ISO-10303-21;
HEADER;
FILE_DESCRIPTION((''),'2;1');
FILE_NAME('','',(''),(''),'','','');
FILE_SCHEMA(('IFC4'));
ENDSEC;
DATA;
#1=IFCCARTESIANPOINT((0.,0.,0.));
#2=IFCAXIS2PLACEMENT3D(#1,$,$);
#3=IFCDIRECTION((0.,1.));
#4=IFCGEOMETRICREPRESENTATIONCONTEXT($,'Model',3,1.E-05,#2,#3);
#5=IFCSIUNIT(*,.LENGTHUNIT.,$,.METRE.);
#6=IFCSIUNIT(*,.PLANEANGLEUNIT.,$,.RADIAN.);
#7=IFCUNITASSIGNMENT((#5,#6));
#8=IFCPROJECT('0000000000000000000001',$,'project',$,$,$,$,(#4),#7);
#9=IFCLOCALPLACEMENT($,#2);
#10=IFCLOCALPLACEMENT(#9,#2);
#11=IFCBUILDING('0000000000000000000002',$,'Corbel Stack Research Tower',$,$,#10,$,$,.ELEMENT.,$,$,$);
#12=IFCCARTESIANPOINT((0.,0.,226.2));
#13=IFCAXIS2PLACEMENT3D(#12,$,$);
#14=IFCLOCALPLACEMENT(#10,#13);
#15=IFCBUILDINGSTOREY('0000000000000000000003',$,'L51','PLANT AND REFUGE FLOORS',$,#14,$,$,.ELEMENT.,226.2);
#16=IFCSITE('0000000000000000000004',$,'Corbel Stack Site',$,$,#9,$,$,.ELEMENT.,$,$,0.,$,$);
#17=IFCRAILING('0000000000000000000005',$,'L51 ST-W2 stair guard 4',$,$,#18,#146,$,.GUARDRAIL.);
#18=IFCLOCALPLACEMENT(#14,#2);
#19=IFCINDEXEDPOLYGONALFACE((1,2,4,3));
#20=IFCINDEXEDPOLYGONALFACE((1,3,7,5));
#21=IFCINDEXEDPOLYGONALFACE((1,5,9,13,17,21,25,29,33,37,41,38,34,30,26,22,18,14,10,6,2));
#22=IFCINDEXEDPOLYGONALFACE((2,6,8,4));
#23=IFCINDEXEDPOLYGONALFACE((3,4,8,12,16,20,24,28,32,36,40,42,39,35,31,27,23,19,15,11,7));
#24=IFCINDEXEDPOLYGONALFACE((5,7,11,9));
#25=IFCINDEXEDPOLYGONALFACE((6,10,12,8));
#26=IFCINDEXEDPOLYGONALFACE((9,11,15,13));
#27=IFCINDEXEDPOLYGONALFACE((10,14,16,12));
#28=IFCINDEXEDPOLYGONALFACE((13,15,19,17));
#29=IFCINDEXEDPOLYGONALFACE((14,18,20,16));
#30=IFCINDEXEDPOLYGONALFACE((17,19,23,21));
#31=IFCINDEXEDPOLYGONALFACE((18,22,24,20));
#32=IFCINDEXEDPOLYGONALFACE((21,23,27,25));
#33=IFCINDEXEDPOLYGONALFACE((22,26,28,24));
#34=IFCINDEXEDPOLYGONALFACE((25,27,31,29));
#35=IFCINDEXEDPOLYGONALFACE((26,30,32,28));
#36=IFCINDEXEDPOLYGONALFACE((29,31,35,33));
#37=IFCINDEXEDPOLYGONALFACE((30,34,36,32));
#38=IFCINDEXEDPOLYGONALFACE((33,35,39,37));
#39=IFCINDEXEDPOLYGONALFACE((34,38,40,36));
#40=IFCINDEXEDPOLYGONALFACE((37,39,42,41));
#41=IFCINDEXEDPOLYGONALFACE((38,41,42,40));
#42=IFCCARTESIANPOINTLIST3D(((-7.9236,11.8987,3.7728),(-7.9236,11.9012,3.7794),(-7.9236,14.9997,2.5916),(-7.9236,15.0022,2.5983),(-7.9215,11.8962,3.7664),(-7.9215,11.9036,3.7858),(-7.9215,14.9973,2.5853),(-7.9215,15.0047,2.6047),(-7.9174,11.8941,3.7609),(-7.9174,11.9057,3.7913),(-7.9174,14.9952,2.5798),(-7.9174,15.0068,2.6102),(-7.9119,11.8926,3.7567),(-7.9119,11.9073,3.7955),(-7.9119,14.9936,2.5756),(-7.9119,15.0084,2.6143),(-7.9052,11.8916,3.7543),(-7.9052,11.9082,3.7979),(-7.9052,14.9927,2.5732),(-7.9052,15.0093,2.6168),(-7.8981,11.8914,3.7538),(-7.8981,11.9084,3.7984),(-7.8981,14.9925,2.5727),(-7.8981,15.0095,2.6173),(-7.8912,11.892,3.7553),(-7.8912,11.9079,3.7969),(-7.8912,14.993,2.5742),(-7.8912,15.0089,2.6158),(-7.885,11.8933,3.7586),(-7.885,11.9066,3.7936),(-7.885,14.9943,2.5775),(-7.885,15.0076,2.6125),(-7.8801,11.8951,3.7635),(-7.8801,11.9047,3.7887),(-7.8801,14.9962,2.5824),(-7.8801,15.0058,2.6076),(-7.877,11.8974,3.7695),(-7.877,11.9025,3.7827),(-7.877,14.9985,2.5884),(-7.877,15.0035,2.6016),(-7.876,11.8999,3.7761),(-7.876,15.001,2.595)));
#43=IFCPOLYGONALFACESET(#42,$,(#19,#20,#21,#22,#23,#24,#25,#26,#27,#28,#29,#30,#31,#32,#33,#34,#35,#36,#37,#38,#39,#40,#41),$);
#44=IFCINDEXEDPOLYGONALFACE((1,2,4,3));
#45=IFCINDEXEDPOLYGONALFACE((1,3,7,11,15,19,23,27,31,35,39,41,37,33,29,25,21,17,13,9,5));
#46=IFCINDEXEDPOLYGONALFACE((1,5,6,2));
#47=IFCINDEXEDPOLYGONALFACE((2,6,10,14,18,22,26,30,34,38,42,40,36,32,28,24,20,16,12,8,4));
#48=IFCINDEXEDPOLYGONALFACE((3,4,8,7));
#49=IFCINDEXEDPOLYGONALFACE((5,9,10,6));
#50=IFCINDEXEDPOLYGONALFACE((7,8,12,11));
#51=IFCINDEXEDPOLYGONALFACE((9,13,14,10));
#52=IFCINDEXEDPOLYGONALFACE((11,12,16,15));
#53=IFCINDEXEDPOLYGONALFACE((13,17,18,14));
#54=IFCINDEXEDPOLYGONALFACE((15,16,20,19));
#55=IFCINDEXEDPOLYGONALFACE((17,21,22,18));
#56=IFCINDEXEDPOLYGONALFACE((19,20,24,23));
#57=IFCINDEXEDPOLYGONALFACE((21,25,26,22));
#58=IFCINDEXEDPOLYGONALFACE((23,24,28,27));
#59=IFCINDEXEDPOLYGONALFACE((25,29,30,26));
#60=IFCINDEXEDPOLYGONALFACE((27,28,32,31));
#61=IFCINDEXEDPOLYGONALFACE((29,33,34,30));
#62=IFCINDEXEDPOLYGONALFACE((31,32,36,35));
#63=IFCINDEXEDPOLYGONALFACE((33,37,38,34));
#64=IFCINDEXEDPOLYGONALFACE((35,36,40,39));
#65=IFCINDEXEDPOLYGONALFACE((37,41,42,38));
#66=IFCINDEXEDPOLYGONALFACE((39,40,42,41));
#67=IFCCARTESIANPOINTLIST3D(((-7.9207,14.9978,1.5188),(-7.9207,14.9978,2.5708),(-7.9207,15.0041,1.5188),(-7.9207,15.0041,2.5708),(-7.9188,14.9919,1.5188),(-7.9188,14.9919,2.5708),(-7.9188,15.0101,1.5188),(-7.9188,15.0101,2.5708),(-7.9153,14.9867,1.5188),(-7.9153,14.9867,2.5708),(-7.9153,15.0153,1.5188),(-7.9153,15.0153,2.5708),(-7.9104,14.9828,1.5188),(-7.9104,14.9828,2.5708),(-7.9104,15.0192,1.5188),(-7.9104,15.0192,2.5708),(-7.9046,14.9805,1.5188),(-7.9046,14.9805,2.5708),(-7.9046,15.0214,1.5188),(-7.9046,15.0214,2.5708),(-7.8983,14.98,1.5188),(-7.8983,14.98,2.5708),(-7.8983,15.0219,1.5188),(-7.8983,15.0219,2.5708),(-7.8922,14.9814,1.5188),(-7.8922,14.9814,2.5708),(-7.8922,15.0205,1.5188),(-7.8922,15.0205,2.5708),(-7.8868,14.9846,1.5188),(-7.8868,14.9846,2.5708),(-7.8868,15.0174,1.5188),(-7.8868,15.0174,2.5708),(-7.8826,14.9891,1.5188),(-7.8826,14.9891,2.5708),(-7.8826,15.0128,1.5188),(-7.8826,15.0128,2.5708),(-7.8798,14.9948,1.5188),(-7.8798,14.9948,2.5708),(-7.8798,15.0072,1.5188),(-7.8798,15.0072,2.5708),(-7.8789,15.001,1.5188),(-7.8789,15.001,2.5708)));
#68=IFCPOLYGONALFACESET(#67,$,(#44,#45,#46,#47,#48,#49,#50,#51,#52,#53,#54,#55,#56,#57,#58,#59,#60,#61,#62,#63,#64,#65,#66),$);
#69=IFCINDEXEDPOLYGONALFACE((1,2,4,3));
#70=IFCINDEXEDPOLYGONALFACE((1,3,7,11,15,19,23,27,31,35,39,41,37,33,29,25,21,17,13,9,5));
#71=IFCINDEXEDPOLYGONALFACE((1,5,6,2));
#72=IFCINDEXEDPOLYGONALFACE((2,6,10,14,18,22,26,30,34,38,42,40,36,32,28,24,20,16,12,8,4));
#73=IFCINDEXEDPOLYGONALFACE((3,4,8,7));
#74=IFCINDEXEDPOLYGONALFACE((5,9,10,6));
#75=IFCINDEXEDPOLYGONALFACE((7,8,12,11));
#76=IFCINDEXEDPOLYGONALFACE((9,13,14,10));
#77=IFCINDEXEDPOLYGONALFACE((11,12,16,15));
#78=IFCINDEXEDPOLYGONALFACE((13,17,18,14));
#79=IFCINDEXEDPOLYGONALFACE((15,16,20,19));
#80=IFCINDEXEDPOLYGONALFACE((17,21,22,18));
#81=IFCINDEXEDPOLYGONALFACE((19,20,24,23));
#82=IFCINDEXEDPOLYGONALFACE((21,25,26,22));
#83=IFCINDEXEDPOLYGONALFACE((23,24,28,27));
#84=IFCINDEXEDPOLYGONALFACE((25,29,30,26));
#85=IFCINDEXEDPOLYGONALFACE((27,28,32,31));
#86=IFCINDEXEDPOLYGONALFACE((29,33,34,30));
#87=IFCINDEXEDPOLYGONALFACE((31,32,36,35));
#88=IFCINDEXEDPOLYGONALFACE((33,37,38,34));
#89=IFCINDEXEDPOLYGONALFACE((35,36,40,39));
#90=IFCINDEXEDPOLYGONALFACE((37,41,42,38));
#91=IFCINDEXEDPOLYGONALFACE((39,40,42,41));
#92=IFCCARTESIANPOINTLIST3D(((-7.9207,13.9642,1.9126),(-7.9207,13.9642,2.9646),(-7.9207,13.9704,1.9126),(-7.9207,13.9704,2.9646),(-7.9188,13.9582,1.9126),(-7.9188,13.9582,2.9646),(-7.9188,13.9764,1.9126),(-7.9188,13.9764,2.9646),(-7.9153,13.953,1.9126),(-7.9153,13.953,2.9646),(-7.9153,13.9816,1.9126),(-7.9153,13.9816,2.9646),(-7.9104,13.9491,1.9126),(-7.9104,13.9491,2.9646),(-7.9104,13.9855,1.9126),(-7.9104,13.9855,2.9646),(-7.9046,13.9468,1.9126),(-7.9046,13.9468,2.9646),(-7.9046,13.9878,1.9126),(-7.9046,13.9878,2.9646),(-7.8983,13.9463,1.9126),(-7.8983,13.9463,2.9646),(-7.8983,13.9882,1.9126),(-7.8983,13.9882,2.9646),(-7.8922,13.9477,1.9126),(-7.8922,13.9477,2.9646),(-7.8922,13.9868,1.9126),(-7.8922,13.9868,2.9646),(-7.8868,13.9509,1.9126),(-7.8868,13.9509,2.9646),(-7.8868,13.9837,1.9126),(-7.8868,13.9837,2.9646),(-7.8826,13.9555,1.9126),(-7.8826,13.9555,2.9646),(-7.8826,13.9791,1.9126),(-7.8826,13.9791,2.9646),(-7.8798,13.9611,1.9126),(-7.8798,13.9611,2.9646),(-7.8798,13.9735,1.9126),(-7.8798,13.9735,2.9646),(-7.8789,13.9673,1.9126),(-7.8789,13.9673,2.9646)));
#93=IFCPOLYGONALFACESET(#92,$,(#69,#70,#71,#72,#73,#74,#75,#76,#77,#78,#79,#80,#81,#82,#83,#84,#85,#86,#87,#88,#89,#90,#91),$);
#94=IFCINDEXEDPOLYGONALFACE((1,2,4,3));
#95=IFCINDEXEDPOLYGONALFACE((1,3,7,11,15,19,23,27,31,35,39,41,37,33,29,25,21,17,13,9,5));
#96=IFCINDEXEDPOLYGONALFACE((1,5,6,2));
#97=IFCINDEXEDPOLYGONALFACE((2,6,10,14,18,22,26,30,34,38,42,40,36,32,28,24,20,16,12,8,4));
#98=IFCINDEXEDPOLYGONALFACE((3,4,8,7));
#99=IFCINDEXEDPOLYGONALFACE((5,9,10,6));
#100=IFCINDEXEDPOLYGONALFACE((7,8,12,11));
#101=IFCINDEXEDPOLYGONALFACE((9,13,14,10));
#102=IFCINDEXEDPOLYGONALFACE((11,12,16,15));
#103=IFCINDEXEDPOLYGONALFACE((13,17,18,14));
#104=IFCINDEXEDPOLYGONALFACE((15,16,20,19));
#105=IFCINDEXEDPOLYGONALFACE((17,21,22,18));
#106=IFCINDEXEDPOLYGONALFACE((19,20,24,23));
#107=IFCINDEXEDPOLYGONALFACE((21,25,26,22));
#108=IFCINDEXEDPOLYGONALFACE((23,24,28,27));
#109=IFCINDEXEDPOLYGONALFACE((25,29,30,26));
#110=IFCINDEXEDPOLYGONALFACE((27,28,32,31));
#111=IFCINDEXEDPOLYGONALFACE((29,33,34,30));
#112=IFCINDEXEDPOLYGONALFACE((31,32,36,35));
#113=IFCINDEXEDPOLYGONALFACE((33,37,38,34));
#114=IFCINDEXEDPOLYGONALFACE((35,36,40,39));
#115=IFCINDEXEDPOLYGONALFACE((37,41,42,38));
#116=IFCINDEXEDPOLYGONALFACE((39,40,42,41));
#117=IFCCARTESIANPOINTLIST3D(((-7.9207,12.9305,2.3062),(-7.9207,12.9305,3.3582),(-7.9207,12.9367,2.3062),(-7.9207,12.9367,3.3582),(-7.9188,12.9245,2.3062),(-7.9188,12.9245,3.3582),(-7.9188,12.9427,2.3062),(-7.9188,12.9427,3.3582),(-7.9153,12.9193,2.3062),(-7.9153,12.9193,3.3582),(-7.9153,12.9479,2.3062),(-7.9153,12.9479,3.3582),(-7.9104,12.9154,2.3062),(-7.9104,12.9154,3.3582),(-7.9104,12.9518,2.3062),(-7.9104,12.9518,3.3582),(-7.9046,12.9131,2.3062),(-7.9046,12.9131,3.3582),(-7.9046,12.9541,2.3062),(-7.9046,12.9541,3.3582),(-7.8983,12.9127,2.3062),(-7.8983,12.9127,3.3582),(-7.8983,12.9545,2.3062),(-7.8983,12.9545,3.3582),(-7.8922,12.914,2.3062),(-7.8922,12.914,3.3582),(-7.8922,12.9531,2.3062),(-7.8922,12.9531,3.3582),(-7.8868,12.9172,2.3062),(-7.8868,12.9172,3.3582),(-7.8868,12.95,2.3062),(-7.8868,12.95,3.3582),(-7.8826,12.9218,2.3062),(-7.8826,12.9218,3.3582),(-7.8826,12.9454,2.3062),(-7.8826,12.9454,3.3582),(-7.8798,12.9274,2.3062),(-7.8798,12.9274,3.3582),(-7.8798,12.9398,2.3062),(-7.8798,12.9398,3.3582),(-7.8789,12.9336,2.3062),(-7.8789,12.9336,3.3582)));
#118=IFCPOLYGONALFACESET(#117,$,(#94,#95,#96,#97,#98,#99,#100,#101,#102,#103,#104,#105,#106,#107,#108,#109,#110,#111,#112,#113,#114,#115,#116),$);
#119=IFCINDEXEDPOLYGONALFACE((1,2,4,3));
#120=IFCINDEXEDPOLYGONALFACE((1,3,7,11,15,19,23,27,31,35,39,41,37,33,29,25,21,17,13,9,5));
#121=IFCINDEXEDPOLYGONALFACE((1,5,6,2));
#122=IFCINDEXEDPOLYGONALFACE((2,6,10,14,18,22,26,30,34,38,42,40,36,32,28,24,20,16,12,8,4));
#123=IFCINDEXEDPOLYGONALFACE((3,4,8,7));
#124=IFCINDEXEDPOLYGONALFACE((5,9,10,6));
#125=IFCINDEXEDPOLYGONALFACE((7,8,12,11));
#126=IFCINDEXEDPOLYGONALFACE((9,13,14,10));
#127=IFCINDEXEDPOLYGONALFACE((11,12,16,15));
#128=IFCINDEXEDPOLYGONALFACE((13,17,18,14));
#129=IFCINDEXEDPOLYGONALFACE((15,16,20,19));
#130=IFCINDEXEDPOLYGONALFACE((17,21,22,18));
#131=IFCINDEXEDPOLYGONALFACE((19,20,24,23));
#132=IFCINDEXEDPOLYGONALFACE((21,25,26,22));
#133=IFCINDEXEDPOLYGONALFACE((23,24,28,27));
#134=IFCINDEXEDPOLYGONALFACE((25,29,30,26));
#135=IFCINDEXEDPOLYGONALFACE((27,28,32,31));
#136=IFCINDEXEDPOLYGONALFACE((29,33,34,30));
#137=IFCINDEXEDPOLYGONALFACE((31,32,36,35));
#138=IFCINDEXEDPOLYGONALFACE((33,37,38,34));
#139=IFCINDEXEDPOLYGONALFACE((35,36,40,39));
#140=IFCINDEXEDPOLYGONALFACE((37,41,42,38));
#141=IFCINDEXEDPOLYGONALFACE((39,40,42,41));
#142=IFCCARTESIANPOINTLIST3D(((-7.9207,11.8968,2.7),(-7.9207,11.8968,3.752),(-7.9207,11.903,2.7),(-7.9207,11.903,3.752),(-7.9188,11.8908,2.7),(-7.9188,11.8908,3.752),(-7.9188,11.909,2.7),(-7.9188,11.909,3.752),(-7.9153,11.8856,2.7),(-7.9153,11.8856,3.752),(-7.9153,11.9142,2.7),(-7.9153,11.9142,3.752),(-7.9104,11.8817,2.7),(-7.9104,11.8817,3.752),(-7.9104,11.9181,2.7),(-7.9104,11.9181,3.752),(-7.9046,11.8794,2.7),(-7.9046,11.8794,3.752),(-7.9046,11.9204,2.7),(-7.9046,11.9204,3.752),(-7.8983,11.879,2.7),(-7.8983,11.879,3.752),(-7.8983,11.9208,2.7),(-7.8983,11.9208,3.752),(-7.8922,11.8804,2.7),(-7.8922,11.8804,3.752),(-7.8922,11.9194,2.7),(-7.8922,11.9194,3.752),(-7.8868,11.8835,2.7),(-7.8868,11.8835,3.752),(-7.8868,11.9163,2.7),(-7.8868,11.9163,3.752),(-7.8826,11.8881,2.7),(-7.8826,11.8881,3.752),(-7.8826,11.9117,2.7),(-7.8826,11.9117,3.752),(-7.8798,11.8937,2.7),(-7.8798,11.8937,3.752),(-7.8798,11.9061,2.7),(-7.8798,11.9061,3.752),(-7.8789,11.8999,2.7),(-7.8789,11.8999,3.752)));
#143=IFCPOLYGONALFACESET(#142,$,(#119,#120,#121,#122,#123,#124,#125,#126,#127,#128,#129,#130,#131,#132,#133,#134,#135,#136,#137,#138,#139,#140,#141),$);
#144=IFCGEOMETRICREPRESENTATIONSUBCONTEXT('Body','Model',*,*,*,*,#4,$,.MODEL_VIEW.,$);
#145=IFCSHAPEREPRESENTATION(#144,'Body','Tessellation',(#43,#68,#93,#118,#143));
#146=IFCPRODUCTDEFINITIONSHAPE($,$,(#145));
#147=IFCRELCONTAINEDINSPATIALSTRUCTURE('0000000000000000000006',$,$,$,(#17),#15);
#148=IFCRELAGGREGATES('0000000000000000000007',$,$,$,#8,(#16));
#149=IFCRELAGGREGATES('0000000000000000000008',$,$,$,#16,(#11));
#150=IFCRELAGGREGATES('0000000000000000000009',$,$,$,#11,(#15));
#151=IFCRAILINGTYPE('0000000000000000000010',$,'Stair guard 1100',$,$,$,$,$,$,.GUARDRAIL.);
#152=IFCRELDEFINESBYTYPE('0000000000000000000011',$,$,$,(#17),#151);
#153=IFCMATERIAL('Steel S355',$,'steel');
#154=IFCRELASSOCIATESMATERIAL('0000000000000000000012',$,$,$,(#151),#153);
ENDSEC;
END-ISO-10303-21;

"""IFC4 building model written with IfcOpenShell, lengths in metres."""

from ifc_helpers import new_model, si_unit, direction, frame, origin, origin_2d, place, context, subcontext, project, spatial, circle, extrude, material, type_object, element, save


model = new_model("IFC4")

# Units and contexts
model_context = context("Model", 3, precision=1e-05, world=origin(), true_north=direction((0.0, 1.0)))
body_context = subcontext(model_context, "Body", "Model", "MODEL_VIEW")
ifc_project = project(units=[si_unit("LENGTHUNIT", "METRE"), si_unit("PLANEANGLEUNIT", "RADIAN")], contexts=[model_context])

# Site, building, storey
site_placement = place(None, origin())
site = spatial("IfcSite", under=ifc_project, at=site_placement, Name="Corbel Stack Site", CompositionType="ELEMENT", RefElevation=0.0)
building_placement = place(site_placement, origin())
building = spatial("IfcBuilding", under=site, at=building_placement, Name="Corbel Stack Research Tower", CompositionType="ELEMENT")
storey_placement = place(building_placement, frame((0.0, 0.0, 226.2)))
storey = spatial("IfcBuildingStorey", under=building, at=storey_placement, Name="L51", Description="PLANT AND REFUGE FLOORS", CompositionType="ELEMENT", Elevation=226.2)

# Railing
ifc_material_1 = material(Name="Steel S355", Category="steel")
railing_type_1 = type_object("IfcRailingType", Name="Stair guard 1100", PredefinedType="GUARDRAIL", material=ifc_material_1)
railing_1_placement = place(storey_placement, frame((-7.8999, 15.001, 1.5188)))
element("IfcRailing", 1, at=railing_1_placement, inside=storey, type_object=railing_type_1, Name="L51 ST-W2 stair guard 4", PredefinedType="GUARDRAIL", context=body_context, shape_type="SweptSolid", body=[
    extrude(circle(Radius=0.0239, at=origin_2d()), frame((0.0, 0.0, 1.0762), z_axis=(0.0, -0.934509, 0.35594), x_axis=(1.0, 0.0, 0.0)), (0.0, 0.0, 1.0), 3.3184),
    extrude(circle(Radius=0.021, at=origin_2d()), origin(), (0.0, 0.0, 1.0), 1.052),
    extrude(circle(Radius=0.021, at=origin_2d()), frame((0.0, -1.0337, 0.3938)), (0.0, 0.0, 1.0), 1.052),
    extrude(circle(Radius=0.021, at=origin_2d()), frame((0.0, -2.0674, 0.7874)), (0.0, 0.0, 1.0), 1.052),
    extrude(circle(Radius=0.021, at=origin_2d()), frame((0.0, -3.1011, 1.1812)), (0.0, 0.0, 1.0), 1.052),
])

save(model, "model.ifc")
